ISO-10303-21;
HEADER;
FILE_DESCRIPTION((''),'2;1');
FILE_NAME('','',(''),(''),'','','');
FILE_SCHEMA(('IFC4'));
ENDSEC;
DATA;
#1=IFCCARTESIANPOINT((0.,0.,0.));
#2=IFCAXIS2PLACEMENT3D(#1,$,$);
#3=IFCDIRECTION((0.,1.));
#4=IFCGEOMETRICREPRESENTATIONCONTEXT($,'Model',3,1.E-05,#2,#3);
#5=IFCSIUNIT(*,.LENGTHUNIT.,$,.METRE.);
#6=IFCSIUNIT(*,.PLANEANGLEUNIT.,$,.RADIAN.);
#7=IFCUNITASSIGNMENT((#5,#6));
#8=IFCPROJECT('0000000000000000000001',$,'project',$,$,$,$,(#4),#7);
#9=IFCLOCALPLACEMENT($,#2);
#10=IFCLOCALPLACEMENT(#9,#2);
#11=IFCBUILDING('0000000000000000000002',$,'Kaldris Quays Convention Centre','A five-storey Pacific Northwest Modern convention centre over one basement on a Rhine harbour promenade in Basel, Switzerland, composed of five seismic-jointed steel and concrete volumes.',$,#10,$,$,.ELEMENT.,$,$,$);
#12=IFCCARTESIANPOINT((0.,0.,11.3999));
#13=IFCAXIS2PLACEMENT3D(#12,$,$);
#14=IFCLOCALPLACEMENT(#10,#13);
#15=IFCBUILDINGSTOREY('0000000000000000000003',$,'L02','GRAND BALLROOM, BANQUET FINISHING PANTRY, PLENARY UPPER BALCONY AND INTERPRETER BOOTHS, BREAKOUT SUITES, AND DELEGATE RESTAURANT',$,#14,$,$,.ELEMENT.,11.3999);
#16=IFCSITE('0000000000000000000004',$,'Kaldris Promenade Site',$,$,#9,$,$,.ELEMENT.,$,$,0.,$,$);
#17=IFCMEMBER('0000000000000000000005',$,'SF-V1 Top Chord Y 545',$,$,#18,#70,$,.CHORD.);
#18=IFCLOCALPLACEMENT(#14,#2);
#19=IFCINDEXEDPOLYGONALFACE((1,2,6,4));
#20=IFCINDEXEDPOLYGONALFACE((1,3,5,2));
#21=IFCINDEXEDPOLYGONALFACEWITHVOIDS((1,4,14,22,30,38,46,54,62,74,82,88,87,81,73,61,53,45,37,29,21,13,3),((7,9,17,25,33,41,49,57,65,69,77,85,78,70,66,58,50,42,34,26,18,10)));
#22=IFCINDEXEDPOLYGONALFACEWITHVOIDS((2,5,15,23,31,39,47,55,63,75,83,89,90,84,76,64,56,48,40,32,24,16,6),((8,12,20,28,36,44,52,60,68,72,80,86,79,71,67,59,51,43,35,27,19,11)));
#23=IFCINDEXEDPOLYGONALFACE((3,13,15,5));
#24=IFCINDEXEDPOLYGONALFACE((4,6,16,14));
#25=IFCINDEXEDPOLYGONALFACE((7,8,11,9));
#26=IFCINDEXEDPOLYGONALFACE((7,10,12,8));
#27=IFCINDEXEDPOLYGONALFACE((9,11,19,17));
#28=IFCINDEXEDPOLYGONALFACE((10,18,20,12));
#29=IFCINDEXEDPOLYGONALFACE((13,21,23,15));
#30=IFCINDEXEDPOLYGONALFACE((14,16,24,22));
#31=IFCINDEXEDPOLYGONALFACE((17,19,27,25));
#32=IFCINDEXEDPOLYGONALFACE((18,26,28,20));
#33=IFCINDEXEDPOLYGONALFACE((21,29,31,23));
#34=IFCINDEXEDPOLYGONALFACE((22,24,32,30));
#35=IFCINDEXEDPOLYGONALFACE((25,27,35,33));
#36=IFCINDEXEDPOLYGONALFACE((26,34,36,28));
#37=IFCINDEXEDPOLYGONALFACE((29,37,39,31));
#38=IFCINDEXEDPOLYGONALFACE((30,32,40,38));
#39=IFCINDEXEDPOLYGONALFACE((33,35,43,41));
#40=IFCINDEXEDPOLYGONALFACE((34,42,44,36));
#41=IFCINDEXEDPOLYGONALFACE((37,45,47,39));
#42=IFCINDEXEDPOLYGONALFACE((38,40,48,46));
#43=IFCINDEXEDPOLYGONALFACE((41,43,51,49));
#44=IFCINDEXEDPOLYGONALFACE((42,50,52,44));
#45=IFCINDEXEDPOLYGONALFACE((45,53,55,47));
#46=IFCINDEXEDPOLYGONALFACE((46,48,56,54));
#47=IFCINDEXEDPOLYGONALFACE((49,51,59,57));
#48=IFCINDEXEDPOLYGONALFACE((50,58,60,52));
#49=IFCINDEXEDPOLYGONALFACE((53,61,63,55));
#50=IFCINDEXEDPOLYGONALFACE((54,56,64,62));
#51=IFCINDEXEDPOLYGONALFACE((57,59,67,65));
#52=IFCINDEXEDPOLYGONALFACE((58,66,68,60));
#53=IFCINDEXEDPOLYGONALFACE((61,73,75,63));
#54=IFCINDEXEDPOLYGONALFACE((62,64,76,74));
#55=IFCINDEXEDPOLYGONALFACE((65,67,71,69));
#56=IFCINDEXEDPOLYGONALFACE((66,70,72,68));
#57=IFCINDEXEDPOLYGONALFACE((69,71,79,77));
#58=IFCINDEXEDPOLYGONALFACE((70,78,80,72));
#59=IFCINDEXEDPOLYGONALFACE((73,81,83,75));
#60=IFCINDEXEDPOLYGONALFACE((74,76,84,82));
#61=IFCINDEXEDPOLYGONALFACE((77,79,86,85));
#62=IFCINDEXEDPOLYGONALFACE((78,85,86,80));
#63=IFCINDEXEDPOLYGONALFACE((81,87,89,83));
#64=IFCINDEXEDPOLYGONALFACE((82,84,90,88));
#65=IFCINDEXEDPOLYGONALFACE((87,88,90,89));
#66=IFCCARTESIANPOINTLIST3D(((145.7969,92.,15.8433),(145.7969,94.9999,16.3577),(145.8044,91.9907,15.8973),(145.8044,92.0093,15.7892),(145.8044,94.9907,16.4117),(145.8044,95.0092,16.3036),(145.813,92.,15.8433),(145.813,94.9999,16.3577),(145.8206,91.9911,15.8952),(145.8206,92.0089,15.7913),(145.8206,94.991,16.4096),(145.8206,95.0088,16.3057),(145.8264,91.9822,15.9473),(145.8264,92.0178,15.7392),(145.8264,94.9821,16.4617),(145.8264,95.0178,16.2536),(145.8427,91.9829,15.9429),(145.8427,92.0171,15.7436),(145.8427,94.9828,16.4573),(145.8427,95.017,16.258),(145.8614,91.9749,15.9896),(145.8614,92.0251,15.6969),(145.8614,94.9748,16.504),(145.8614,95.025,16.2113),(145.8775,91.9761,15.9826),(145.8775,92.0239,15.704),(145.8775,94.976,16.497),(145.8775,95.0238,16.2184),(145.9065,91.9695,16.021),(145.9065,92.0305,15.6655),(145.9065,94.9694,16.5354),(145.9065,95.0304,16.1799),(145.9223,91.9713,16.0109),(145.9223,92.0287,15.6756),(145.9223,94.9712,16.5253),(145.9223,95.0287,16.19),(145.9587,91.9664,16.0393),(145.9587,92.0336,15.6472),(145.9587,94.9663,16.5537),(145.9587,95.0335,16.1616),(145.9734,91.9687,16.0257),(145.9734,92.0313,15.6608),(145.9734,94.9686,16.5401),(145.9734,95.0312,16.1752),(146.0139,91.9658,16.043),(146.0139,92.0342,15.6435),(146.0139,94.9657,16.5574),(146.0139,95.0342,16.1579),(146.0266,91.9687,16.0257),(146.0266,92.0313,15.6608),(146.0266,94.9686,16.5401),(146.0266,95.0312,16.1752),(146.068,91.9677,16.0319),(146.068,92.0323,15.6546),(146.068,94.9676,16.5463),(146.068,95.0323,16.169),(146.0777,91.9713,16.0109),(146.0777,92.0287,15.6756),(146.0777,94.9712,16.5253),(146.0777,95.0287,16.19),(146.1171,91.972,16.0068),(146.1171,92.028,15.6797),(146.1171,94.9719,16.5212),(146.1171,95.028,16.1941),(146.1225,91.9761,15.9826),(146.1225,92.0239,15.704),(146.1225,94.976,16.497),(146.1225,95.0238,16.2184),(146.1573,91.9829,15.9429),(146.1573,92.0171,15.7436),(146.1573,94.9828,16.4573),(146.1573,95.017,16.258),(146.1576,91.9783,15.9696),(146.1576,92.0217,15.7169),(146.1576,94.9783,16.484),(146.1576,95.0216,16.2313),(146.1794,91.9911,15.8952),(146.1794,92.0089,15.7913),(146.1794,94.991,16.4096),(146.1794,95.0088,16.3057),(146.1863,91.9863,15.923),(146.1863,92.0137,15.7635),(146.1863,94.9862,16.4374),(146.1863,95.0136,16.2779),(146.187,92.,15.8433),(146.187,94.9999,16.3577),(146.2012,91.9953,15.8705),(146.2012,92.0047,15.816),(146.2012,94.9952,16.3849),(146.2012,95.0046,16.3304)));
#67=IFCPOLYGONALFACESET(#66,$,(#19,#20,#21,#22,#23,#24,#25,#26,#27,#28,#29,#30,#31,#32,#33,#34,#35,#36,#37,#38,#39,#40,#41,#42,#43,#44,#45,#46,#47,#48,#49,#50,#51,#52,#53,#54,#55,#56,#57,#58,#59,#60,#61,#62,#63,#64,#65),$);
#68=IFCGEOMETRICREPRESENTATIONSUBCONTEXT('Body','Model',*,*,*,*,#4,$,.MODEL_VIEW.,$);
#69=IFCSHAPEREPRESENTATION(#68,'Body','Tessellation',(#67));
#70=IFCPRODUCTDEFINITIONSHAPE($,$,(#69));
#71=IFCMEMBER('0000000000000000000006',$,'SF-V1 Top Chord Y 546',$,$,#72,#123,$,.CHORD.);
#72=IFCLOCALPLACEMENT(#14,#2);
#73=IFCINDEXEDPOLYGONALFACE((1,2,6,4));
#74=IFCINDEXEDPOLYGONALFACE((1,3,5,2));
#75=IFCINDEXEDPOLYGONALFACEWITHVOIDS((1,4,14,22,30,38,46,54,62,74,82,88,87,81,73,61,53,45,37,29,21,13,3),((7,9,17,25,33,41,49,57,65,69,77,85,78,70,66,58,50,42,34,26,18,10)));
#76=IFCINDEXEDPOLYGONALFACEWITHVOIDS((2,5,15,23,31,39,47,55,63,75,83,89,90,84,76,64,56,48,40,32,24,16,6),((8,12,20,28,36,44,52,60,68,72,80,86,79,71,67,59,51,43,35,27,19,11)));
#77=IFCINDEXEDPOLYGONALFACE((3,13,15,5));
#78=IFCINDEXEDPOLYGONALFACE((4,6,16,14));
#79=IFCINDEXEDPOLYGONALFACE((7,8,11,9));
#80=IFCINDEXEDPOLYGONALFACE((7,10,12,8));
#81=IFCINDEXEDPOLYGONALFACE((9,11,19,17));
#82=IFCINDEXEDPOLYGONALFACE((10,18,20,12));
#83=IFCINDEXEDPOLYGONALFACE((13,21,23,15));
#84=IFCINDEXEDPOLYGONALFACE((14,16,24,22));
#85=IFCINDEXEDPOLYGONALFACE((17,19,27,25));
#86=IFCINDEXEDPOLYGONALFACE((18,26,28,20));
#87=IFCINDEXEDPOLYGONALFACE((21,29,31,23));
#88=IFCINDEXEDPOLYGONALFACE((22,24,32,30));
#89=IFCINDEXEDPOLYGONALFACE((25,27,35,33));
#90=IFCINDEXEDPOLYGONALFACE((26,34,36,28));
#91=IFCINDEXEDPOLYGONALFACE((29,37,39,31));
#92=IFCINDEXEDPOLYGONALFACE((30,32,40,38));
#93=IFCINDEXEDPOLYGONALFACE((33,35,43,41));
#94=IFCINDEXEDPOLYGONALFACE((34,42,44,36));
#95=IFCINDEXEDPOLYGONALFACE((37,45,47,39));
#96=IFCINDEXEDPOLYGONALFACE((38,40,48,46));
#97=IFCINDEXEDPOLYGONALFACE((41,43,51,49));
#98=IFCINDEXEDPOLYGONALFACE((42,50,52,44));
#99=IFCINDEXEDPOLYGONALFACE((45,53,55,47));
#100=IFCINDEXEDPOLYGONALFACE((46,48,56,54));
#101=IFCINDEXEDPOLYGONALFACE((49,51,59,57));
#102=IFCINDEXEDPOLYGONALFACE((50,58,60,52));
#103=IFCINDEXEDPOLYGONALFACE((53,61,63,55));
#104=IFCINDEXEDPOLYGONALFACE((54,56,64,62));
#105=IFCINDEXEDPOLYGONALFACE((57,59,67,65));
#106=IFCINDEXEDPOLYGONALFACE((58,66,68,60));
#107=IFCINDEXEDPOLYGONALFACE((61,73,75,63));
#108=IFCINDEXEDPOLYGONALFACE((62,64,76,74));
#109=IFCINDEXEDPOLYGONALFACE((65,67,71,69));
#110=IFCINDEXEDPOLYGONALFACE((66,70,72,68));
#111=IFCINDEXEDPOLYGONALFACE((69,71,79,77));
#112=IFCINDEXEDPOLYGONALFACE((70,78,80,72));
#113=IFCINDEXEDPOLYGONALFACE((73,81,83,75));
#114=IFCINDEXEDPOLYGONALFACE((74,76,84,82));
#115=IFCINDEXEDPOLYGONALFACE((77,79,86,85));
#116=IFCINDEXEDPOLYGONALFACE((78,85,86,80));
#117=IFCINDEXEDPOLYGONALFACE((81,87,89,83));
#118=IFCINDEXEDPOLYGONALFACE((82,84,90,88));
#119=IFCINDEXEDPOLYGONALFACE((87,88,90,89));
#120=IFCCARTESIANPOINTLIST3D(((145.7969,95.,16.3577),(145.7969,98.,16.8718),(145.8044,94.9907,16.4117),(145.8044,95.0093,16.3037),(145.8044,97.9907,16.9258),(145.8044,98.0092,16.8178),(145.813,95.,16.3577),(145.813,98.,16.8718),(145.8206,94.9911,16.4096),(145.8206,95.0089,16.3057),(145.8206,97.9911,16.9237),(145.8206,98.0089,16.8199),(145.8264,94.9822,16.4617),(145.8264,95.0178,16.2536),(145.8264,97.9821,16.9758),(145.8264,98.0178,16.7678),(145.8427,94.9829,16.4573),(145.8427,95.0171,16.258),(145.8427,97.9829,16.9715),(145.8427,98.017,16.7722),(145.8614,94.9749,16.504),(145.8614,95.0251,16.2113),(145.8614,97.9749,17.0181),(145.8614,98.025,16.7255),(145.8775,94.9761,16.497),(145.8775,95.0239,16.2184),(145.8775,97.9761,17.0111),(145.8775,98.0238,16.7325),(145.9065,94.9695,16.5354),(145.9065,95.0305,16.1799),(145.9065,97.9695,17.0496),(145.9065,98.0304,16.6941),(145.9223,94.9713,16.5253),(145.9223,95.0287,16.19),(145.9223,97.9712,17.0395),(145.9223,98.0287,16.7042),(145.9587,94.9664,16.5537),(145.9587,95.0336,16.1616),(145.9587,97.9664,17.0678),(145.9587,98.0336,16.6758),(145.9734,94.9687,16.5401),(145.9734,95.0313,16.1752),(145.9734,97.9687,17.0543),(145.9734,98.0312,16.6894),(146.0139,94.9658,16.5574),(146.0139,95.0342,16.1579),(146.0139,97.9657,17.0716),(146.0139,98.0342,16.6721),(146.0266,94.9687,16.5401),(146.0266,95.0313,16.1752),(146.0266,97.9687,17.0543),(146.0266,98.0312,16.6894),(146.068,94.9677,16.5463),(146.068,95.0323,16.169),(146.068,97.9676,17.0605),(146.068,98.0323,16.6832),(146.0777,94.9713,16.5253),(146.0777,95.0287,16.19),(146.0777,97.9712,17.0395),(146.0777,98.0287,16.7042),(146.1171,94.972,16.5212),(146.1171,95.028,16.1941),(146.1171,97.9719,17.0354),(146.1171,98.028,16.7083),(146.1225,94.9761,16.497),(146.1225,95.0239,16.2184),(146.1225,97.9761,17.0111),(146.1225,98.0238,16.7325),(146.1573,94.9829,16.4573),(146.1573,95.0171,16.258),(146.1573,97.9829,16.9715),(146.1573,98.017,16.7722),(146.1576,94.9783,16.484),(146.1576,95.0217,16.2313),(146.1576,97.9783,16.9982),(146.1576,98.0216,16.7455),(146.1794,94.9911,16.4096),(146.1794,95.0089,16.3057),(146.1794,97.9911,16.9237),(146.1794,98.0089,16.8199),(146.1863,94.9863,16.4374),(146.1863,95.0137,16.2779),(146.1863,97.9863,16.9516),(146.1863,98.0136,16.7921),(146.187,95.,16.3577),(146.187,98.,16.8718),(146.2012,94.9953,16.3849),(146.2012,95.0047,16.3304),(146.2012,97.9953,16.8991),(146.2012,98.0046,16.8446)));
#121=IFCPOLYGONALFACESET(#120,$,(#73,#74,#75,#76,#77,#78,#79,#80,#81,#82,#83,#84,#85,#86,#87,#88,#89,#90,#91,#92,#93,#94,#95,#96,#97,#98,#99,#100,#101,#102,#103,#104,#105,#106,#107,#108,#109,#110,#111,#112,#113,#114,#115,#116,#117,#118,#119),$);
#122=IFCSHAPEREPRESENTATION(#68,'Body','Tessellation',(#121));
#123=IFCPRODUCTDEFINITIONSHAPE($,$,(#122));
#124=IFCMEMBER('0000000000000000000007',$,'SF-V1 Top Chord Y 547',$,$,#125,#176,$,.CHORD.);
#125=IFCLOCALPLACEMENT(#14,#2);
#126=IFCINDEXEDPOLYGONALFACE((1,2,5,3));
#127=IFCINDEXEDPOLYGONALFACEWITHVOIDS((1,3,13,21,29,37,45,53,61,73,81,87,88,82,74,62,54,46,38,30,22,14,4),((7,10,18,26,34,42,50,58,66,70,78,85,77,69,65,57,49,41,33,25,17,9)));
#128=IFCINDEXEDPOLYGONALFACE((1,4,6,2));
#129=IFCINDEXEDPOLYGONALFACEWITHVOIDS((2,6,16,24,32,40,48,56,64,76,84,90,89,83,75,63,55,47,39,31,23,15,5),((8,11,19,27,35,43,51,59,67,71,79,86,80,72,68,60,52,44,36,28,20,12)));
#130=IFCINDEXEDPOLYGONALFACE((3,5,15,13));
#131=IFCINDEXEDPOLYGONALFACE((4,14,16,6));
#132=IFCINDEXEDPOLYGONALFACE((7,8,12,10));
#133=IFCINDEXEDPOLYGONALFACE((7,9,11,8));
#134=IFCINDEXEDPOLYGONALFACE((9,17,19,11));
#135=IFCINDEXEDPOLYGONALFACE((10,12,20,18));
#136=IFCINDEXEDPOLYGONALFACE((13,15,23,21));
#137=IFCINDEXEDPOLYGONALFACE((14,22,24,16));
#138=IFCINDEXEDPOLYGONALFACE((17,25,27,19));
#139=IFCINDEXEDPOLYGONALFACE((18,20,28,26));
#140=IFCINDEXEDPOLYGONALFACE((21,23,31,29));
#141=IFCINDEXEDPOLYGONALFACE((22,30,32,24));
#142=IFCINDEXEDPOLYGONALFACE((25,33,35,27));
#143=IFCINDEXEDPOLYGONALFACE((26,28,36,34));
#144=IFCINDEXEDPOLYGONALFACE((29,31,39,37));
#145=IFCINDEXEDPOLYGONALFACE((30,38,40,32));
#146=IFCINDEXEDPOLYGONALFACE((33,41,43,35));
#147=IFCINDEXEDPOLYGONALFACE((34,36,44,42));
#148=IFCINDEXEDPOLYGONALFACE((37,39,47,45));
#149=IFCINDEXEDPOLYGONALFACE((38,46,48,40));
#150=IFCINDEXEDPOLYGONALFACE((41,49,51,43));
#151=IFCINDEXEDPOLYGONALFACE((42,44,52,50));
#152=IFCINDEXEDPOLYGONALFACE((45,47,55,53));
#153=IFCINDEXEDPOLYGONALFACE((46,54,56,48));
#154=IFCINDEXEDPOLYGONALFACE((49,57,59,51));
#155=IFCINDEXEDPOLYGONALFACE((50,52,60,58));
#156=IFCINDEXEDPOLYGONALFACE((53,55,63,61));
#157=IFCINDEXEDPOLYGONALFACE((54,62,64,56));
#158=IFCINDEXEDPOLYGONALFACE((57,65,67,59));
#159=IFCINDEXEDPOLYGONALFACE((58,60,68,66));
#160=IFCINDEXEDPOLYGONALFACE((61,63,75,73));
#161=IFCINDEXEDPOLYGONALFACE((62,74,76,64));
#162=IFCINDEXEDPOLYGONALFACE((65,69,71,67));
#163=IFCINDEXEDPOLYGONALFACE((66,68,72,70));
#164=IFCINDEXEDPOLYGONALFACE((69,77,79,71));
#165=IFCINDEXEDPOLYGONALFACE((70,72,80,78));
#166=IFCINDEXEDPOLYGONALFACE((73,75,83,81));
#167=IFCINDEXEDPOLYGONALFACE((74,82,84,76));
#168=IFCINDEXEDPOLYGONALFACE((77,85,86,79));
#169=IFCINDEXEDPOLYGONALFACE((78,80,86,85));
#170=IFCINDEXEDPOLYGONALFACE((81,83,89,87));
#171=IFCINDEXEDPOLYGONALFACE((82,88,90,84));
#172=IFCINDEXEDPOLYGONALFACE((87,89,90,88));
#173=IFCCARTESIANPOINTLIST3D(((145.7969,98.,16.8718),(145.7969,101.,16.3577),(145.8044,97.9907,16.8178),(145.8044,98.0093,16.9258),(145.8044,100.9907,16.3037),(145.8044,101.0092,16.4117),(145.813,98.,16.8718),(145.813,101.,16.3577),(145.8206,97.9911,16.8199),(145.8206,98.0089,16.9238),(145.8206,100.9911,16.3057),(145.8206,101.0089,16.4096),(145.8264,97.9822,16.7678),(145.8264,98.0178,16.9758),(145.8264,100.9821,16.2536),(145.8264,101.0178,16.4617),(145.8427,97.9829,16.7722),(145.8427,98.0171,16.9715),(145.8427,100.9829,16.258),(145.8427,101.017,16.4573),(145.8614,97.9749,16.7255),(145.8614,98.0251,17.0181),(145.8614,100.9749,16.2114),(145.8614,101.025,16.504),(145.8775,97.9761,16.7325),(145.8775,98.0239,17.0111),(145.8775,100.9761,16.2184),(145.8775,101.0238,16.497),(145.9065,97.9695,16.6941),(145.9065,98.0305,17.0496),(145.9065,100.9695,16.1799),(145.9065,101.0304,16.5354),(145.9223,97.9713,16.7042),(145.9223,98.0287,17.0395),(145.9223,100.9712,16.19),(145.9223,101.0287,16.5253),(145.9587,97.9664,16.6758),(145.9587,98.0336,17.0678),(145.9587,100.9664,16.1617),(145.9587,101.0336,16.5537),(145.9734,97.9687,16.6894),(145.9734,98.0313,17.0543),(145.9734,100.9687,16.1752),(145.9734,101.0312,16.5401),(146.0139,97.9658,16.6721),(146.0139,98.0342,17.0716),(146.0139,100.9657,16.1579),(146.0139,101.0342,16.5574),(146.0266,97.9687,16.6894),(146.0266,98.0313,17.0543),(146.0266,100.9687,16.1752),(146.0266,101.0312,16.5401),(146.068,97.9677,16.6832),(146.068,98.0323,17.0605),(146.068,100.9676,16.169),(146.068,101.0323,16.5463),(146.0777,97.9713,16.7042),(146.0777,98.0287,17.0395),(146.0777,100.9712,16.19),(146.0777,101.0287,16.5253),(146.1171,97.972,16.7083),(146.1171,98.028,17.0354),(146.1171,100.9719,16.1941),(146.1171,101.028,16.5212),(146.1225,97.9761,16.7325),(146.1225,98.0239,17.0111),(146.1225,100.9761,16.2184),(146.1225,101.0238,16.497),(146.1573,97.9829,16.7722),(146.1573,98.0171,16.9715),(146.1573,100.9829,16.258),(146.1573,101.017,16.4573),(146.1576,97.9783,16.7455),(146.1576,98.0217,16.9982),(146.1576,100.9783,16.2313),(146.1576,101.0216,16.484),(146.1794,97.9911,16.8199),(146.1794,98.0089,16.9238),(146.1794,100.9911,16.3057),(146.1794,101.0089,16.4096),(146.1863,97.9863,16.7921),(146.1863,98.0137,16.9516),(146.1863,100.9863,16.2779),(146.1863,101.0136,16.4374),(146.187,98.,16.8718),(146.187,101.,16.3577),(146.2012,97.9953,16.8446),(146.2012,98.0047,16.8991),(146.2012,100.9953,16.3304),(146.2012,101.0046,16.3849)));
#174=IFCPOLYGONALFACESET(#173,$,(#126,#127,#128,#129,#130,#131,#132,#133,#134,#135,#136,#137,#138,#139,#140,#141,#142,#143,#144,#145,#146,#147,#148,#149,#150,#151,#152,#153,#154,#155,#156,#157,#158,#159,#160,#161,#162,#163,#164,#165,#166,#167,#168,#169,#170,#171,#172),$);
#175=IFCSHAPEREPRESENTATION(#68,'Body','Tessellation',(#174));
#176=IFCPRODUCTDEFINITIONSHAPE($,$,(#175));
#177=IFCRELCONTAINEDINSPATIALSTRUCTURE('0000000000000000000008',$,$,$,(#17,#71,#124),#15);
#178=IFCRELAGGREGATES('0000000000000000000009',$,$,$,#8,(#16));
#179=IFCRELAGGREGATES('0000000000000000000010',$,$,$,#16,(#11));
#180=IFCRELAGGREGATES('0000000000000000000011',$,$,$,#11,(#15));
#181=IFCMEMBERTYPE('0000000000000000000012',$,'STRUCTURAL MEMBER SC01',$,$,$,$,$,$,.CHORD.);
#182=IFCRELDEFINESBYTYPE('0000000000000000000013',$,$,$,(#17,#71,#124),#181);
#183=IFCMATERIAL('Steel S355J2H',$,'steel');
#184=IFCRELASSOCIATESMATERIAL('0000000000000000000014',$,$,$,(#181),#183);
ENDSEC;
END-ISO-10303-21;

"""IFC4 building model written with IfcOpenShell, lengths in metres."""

from ifc_helpers import new_model, si_unit, direction, frame, origin, origin_2d, place, context, subcontext, project, spatial, hollow_circle, extrude, material, material_profile, profile_set, type_object, element, save


model = new_model("IFC4")

# Units and contexts
model_context = context("Model", 3, precision=1e-05, world=origin(), true_north=direction((0.0, 1.0)))
body_context = subcontext(model_context, "Body", "Model", "MODEL_VIEW")
ifc_project = project(units=[si_unit("LENGTHUNIT", "METRE"), si_unit("PLANEANGLEUNIT", "RADIAN")], contexts=[model_context])

# Site, building, storey
site_placement = place(None, origin())
site = spatial("IfcSite", under=ifc_project, at=site_placement, Name="Kaldris Promenade Site", CompositionType="ELEMENT", RefElevation=0.0)
building_placement = place(site_placement, origin())
building = spatial("IfcBuilding", under=site, at=building_placement, Name="Kaldris Quays Convention Centre", Description="A five-storey Pacific Northwest Modern convention centre over one basement on a Rhine harbour promenade in Basel, Switzerland, composed of five seismic-jointed steel and concrete volumes.", CompositionType="ELEMENT")
storey_placement = place(building_placement, frame((0.0, 0.0, 11.3999)))
storey = spatial("IfcBuildingStorey", under=building, at=storey_placement, Name="L02", Description="GRAND BALLROOM, BANQUET FINISHING PANTRY, PLENARY UPPER BALCONY AND INTERPRETER BOOTHS, BREAKOUT SUITES, AND DELEGATE RESTAURANT", CompositionType="ELEMENT", Elevation=11.3999)

# Members
ifc_material_1 = material(Name="Steel S355J2H", Category="steel")
ifc_material_profile_1 = material_profile(ifc_material_1, hollow_circle(Radius=0.2031, WallThickness=0.0161, at=origin_2d()), Name="CHS 406.4x16")
ifc_profile_set_1 = profile_set([ifc_material_profile_1], Name="Steel S355J2H")
member_type_1 = type_object("IfcMemberType", Name="STRUCTURAL MEMBER SC01", PredefinedType="CHORD", material=ifc_profile_set_1)
for number, where, z_axis, x_axis, name in (
    (1, (146.0, 92.0, 15.8433), (0.0, 0.985616, 0.169002), (-1.0, 0.0, 0.0), "SF-V1 Top Chord Y 545"),
    (2, (146.0, 95.0, 16.3577), (0.0, 0.985629, 0.168924), (-1.0, 0.0, 0.0), "SF-V1 Top Chord Y 546"),
    (3, (146.0, 98.0, 16.8718), (0.0, 0.985629, -0.168924), (-1.0, 0.0, 0.0), "SF-V1 Top Chord Y 547"),
):
    element("IfcMember", number, at=place(storey_placement, frame(where, z_axis=z_axis, x_axis=x_axis)), inside=storey, type_object=member_type_1, Name=name, PredefinedType="CHORD", context=body_context, shape_type="SweptSolid", body=[
        extrude(hollow_circle(Radius=0.2031, WallThickness=0.0161, at=origin_2d()), origin(), (0.0, 0.0, 1.0), 3.0437),
    ])

save(model, "model.ifc")
